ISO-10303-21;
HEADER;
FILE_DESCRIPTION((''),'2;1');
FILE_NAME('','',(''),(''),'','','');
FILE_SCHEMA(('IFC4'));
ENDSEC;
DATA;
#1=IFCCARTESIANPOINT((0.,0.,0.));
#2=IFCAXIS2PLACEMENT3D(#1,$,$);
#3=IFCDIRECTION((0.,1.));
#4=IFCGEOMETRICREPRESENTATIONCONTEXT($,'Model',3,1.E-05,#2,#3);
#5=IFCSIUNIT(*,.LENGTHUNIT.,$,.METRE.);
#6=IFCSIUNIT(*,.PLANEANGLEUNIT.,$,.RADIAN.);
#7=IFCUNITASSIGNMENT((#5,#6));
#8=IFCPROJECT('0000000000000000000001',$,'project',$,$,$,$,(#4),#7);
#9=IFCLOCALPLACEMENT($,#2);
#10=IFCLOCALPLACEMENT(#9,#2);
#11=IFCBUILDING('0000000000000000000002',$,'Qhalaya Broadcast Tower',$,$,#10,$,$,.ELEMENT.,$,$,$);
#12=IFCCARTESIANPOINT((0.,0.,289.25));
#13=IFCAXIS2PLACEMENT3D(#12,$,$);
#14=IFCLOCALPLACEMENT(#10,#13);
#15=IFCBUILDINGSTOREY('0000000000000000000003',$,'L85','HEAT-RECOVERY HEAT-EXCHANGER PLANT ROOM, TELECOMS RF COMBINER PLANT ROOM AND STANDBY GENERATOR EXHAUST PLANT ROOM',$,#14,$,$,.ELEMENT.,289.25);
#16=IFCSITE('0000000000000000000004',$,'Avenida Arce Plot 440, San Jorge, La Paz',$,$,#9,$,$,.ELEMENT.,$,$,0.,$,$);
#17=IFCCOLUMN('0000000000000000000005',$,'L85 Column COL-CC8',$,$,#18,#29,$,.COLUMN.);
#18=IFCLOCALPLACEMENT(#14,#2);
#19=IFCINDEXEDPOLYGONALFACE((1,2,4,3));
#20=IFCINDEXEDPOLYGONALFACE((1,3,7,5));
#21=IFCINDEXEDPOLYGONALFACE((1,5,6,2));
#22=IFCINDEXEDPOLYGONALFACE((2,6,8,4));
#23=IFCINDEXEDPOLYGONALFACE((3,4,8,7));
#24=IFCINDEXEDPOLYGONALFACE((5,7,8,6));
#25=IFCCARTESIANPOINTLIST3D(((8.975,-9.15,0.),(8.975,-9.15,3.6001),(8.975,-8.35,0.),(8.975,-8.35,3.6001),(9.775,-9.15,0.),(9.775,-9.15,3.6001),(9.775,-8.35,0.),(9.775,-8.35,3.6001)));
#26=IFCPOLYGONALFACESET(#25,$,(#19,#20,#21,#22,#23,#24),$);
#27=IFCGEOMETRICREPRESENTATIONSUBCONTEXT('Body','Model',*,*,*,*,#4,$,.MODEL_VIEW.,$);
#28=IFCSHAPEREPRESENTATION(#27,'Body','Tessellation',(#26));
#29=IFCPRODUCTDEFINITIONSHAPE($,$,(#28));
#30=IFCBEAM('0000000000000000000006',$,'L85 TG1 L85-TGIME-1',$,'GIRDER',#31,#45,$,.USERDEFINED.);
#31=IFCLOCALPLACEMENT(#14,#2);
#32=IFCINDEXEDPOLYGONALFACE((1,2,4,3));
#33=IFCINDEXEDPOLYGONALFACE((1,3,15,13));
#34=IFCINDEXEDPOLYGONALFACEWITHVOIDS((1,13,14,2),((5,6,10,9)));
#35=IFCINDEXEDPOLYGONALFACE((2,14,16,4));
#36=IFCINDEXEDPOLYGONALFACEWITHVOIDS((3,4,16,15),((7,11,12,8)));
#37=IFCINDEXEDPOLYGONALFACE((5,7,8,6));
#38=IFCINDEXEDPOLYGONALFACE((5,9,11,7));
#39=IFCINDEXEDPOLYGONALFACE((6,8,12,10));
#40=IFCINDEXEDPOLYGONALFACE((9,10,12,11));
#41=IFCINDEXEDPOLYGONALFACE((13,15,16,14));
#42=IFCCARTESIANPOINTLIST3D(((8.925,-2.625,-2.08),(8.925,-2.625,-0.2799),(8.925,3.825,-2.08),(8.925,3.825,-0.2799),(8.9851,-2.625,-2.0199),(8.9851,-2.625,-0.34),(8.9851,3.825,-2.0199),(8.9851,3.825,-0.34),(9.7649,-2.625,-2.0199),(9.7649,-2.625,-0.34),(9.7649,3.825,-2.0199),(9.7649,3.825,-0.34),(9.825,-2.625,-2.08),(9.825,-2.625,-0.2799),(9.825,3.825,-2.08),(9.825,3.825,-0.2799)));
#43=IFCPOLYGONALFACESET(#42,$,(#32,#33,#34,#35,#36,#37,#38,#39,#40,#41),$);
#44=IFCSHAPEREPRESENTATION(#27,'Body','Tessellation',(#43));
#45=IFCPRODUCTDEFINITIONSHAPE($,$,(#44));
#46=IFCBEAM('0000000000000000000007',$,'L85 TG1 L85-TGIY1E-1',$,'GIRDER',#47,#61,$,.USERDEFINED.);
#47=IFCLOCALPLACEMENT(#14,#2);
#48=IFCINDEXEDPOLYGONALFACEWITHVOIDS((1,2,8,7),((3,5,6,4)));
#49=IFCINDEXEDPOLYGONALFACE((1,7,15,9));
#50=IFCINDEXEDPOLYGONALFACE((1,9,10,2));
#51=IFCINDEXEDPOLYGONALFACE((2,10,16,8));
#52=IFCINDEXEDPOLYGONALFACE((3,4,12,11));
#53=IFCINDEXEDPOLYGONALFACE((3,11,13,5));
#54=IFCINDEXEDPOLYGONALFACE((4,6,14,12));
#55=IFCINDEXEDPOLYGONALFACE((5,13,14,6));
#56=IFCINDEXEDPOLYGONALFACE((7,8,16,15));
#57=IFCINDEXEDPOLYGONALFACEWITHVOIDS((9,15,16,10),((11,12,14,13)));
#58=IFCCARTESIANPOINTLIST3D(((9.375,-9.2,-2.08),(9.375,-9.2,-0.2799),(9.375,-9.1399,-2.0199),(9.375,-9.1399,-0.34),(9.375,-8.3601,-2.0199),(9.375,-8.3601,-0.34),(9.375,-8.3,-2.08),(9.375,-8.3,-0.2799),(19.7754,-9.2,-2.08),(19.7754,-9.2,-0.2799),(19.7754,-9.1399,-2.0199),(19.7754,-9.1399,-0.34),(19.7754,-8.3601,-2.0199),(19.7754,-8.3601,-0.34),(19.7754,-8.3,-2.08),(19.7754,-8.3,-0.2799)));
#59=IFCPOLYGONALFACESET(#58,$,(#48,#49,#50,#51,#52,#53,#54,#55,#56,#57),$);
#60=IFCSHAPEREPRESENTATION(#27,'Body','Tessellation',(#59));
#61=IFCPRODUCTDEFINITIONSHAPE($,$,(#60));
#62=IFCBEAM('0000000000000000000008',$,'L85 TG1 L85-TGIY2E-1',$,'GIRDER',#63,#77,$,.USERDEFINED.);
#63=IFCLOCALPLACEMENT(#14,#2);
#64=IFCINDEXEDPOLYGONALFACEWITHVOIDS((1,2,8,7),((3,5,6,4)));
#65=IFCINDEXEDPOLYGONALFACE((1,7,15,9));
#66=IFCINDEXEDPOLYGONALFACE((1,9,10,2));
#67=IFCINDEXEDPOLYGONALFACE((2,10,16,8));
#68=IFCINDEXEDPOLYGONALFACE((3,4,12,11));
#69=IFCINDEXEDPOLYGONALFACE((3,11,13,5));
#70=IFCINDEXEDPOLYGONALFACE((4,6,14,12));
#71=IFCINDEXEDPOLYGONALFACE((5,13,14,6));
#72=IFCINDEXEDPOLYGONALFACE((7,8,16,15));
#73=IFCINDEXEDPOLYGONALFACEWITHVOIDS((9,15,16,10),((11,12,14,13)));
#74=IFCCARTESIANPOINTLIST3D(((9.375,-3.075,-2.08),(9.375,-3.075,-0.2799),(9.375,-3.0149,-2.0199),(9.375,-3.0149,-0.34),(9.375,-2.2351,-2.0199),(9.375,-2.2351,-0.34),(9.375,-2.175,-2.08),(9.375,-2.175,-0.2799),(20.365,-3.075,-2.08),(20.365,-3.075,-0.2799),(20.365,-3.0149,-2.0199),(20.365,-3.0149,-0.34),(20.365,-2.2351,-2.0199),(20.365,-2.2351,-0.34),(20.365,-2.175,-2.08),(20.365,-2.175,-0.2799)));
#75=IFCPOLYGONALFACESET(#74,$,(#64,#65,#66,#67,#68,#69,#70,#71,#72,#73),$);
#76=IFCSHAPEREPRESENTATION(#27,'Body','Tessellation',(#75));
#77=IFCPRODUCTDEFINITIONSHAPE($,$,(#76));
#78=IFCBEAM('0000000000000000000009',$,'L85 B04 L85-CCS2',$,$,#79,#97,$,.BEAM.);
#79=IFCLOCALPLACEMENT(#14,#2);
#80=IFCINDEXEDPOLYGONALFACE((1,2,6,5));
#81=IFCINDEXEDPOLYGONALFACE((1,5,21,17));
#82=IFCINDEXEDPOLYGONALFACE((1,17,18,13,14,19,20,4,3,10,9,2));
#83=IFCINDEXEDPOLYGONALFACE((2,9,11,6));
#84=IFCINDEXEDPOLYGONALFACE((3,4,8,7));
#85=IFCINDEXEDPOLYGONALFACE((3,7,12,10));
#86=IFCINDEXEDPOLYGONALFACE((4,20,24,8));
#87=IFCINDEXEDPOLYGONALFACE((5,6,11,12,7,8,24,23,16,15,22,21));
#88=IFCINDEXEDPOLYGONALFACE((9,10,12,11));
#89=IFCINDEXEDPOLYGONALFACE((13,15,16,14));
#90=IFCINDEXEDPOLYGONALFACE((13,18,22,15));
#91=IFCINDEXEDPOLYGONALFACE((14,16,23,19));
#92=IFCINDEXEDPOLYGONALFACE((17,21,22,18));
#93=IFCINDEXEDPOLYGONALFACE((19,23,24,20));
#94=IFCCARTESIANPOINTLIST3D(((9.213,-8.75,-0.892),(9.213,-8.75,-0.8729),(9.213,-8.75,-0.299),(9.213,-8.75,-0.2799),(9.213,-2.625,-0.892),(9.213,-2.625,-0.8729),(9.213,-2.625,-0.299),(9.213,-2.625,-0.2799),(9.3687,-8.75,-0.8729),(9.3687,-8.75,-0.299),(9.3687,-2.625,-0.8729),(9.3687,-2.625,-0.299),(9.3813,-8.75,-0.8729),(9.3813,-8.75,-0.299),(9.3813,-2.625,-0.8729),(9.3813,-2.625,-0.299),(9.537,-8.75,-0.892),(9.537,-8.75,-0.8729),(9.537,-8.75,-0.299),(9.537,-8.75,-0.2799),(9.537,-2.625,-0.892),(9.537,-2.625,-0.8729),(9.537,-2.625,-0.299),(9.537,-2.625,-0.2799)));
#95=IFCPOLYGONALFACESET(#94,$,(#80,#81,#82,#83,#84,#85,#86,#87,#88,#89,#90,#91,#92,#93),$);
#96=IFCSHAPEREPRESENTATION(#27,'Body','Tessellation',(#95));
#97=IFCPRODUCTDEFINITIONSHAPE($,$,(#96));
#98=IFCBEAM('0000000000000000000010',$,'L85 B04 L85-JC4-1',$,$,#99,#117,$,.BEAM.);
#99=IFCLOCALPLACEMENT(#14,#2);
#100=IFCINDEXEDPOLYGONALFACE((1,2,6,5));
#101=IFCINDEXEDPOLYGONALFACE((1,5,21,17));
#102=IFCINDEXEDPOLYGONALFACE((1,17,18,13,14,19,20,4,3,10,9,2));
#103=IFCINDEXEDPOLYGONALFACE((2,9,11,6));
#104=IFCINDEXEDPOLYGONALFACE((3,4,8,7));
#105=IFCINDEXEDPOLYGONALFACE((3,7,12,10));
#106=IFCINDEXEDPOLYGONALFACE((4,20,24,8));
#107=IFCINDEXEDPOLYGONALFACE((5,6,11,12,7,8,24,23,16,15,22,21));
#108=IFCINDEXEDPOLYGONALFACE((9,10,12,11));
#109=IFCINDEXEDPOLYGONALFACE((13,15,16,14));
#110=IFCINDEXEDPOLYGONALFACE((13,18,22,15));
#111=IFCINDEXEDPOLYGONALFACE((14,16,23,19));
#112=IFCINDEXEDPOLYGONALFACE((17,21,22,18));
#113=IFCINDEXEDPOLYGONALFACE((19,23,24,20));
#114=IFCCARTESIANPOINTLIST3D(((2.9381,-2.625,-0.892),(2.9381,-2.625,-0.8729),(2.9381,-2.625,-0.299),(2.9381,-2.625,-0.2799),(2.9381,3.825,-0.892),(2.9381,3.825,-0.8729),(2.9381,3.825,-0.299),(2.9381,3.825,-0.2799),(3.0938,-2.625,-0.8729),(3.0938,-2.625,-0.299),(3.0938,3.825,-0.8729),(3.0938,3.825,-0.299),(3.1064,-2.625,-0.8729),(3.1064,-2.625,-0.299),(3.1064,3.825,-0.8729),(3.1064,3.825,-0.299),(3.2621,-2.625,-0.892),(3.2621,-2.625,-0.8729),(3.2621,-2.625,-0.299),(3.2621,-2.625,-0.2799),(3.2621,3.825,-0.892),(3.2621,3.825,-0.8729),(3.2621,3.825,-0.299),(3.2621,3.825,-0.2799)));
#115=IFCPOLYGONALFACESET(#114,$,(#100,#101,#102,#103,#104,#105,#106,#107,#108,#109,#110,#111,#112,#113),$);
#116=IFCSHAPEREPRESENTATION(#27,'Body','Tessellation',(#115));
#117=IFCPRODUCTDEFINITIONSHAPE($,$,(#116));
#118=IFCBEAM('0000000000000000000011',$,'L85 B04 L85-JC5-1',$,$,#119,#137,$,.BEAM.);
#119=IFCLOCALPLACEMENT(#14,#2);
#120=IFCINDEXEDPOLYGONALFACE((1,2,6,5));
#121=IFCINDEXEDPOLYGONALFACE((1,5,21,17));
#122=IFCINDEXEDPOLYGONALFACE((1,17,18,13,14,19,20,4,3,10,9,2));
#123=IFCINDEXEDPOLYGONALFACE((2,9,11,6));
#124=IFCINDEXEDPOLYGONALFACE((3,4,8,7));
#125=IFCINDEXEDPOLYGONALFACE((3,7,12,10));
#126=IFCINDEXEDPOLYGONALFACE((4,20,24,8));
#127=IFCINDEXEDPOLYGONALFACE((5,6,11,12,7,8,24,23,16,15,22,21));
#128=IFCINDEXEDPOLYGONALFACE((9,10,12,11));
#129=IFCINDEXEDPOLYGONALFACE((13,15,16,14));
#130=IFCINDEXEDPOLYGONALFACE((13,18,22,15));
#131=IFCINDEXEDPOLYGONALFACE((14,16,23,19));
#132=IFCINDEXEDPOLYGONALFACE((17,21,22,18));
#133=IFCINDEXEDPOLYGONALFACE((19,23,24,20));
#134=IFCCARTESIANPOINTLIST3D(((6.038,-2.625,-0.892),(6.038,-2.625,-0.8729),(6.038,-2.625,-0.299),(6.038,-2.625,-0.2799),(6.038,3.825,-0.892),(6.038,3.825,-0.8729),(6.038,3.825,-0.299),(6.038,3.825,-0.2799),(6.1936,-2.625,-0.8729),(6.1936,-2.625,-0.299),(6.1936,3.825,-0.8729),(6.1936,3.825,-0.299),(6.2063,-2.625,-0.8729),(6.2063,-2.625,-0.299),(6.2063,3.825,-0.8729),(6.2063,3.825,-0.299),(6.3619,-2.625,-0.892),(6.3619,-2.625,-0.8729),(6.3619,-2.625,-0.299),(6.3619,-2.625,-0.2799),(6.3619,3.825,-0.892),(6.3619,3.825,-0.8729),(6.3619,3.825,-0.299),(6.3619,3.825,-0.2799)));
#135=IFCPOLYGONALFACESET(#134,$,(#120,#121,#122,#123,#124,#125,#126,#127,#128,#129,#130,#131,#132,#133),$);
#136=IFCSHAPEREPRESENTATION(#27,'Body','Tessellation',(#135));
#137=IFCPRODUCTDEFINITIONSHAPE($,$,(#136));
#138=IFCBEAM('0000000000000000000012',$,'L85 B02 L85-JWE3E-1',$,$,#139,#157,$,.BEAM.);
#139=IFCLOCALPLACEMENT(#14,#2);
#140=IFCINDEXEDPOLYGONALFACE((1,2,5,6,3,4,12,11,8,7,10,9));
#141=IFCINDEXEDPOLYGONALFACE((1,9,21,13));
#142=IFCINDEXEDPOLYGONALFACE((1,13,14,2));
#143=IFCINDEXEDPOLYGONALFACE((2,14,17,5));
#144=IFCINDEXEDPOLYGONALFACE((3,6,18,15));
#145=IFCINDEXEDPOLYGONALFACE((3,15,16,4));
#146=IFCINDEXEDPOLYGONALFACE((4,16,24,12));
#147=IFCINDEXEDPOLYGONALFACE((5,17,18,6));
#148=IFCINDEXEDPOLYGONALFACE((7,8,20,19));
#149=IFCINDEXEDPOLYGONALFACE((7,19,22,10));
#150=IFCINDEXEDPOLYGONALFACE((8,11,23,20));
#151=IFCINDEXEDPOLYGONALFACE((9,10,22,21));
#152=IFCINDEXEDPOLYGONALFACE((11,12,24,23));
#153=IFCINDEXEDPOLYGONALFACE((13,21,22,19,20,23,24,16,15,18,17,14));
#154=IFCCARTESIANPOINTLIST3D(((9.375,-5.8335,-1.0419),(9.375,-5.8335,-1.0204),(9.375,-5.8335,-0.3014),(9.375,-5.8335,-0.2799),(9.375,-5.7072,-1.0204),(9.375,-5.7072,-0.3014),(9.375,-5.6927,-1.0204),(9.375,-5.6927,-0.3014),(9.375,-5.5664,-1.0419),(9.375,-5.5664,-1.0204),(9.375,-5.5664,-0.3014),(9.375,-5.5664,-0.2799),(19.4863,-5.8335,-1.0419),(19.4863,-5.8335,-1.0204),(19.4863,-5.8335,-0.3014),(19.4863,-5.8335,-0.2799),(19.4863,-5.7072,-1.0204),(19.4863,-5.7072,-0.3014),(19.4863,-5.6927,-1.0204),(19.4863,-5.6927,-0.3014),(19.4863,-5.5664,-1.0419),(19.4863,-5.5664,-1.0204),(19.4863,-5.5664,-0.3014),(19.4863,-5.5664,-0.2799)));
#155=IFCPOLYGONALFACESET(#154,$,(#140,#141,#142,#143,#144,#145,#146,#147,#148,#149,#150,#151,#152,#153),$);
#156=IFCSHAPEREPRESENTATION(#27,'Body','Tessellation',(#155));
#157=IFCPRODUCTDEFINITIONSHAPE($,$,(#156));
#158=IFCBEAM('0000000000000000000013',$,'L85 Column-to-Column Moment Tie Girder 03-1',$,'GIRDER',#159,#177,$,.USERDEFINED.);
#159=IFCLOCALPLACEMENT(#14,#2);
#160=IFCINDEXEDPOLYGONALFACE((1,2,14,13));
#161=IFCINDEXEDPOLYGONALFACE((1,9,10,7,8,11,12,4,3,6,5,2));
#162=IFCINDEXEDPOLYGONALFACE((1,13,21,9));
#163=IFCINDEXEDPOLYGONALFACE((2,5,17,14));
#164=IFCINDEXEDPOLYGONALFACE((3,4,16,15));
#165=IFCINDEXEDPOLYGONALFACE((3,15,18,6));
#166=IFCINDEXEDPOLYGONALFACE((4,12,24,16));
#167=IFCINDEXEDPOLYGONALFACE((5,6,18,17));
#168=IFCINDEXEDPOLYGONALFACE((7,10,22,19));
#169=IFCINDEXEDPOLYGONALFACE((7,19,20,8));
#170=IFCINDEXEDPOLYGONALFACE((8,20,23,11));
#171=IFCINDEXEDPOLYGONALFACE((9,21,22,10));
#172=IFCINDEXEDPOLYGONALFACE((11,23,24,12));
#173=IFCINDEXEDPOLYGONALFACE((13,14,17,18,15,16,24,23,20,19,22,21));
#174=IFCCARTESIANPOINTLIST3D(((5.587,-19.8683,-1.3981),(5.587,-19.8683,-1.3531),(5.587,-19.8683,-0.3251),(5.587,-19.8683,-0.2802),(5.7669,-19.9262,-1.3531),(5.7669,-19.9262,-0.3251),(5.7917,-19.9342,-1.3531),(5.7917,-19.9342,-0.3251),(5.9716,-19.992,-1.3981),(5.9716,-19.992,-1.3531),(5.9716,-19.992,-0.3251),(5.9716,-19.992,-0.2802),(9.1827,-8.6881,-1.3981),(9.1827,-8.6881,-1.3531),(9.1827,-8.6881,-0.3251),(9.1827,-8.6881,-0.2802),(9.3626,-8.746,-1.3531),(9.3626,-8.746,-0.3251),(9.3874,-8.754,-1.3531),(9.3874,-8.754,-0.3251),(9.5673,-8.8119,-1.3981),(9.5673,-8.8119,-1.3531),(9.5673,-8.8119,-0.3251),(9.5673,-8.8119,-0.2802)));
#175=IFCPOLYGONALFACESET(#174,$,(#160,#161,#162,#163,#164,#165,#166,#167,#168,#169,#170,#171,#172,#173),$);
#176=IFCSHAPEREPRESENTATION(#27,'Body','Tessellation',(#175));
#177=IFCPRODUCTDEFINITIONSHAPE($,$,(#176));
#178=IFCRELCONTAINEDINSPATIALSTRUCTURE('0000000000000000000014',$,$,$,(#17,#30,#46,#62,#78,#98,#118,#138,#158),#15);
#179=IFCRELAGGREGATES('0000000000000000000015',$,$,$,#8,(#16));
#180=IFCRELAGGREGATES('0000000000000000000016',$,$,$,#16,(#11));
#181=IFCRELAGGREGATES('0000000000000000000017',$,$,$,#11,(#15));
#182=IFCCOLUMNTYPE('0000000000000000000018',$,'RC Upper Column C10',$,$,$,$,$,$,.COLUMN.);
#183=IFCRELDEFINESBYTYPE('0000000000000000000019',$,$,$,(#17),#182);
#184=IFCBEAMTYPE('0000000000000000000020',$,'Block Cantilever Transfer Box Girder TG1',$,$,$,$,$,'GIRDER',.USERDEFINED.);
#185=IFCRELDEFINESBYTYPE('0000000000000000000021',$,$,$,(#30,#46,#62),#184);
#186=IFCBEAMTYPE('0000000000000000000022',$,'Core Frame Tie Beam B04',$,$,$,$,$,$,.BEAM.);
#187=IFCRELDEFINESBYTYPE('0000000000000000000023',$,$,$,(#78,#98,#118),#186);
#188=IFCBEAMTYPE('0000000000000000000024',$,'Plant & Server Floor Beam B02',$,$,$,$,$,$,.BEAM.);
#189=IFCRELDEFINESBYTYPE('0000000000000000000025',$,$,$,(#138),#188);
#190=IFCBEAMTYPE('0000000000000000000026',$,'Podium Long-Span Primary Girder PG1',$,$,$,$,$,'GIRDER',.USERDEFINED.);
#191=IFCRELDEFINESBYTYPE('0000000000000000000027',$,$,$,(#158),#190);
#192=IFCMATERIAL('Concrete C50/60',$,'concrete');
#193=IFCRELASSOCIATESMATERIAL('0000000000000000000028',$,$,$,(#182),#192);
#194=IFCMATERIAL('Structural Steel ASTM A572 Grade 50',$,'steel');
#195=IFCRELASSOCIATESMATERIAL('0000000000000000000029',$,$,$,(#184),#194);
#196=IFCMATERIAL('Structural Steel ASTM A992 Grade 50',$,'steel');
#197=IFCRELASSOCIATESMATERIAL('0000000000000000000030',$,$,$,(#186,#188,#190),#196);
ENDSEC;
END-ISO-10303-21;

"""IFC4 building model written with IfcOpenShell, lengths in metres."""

from ifc_helpers import new_model, si_unit, direction, frame, origin, origin_2d, place, context, subcontext, project, spatial, rectangle, hollow_rectangle, i_section, extrude, material, material_profile, profile_set, type_object, element, save


model = new_model("IFC4")

# Units and contexts
model_context = context("Model", 3, precision=1e-05, world=origin(), true_north=direction((0.0, 1.0)))
body_context = subcontext(model_context, "Body", "Model", "MODEL_VIEW")
ifc_project = project(units=[si_unit("LENGTHUNIT", "METRE"), si_unit("PLANEANGLEUNIT", "RADIAN")], contexts=[model_context])

# Site, building, storey
site_placement = place(None, origin())
site = spatial("IfcSite", under=ifc_project, at=site_placement, Name="Avenida Arce Plot 440, San Jorge, La Paz", CompositionType="ELEMENT", RefElevation=0.0)
building_placement = place(site_placement, origin())
building = spatial("IfcBuilding", under=site, at=building_placement, Name="Qhalaya Broadcast Tower", CompositionType="ELEMENT")
storey_placement = place(building_placement, frame((0.0, 0.0, 289.25)))
storey = spatial("IfcBuildingStorey", under=building, at=storey_placement, Name="L85", Description="HEAT-RECOVERY HEAT-EXCHANGER PLANT ROOM, TELECOMS RF COMBINER PLANT ROOM AND STANDBY GENERATOR EXHAUST PLANT ROOM", CompositionType="ELEMENT", Elevation=289.25)

# Column
ifc_material_1 = material(Name="Concrete C50/60", Category="concrete")
ifc_material_profile_1 = material_profile(ifc_material_1, rectangle(XDim=0.8, YDim=0.8, at=origin_2d()), Name="RC-COL 800x800")
ifc_profile_set_1 = profile_set([ifc_material_profile_1], Name="Concrete C50/60")
column_type = type_object("IfcColumnType", Name="RC Upper Column C10", PredefinedType="COLUMN", material=ifc_profile_set_1)
column_placement = place(storey_placement, frame((9.375, -8.75, 0.0), z_axis=(0.0, 0.0, 1.0), x_axis=(1.0, 0.0, 0.0)))
element("IfcColumn", 1, at=column_placement, inside=storey, type_object=column_type, Name="L85 Column COL-CC8", PredefinedType="COLUMN", context=body_context, shape_type="SweptSolid", body=[
    extrude(rectangle(XDim=0.8, YDim=0.8, at=origin_2d()), origin(), (0.0, 0.0, 1.0), 3.6001),
])

# Beams
ifc_material_2 = material(Name="Structural Steel ASTM A572 Grade 50", Category="steel")
ifc_material_profile_2 = material_profile(ifc_material_2, hollow_rectangle(XDim=0.8999, YDim=1.8, WallThickness=0.0601, at=origin_2d()), Name="BOX 900x1800x60")
ifc_profile_set_2 = profile_set([ifc_material_profile_2], Name="Structural Steel ASTM A572 Grade 50")
beam_type_1 = type_object("IfcBeamType", Name="Block Cantilever Transfer Box Girder TG1", ElementType="GIRDER", PredefinedType="USERDEFINED", material=ifc_profile_set_2)
beam_1_placement = place(storey_placement, frame((9.375, -2.625, -1.1799), z_axis=(0.0, 1.0, 0.0), x_axis=(-1.0, 0.0, 0.0)))
element("IfcBeam", 2, at=beam_1_placement, inside=storey, type_object=beam_type_1, Name="L85 TG1 L85-TGIME-1", ObjectType="GIRDER", PredefinedType="USERDEFINED", context=body_context, shape_type="SweptSolid", body=[
    extrude(hollow_rectangle(XDim=0.8999, YDim=1.8, WallThickness=0.0601, at=origin_2d()), origin(), (0.0, 0.0, 1.0), 6.45),
])
beam_2_placement = place(storey_placement, frame((9.375, -8.75, -1.1799), z_axis=(1.0, 0.0, 0.0), x_axis=(0.0, 1.0, 0.0)))
element("IfcBeam", 3, at=beam_2_placement, inside=storey, type_object=beam_type_1, Name="L85 TG1 L85-TGIY1E-1", ObjectType="GIRDER", PredefinedType="USERDEFINED", context=body_context, shape_type="SweptSolid", body=[
    extrude(hollow_rectangle(XDim=0.8999, YDim=1.8, WallThickness=0.0601, at=origin_2d()), origin(), (0.0, 0.0, 1.0), 10.4004),
])
beam_3_placement = place(storey_placement, frame((9.375, -2.625, -1.1799), z_axis=(1.0, 0.0, 0.0), x_axis=(0.0, 1.0, 0.0)))
element("IfcBeam", 4, at=beam_3_placement, inside=storey, type_object=beam_type_1, Name="L85 TG1 L85-TGIY2E-1", ObjectType="GIRDER", PredefinedType="USERDEFINED", context=body_context, shape_type="SweptSolid", body=[
    extrude(hollow_rectangle(XDim=0.8999, YDim=1.8, WallThickness=0.0601, at=origin_2d()), origin(), (0.0, 0.0, 1.0), 10.99),
])
ifc_material_3 = material(Name="Structural Steel ASTM A992 Grade 50", Category="steel")
ifc_material_profile_3 = material_profile(ifc_material_3, i_section(OverallWidth=0.324, OverallDepth=0.6121, WebThickness=0.0127, FlangeThickness=0.019, at=origin_2d()), Name="W24X104")
ifc_profile_set_3 = profile_set([ifc_material_profile_3], Name="Structural Steel ASTM A992 Grade 50")
beam_type_2 = type_object("IfcBeamType", Name="Core Frame Tie Beam B04", PredefinedType="BEAM", material=ifc_profile_set_3)
beam_4_placement = place(storey_placement, frame((9.375, -8.75, -0.5859), z_axis=(0.0, 1.0, 0.0), x_axis=(-1.0, 0.0, 0.0)))
element("IfcBeam", 5, at=beam_4_placement, inside=storey, type_object=beam_type_2, Name="L85 B04 L85-CCS2", PredefinedType="BEAM", context=body_context, shape_type="SweptSolid", body=[
    extrude(i_section(OverallWidth=0.324, OverallDepth=0.6121, WebThickness=0.0127, FlangeThickness=0.019, at=origin_2d()), origin(), (0.0, 0.0, 1.0), 6.125),
])
for number, where, z_axis, x_axis, name in (
    (6, (3.1001, -2.625, -0.5859), (0.0, 1.0, 0.0), (-1.0, 0.0, 0.0), "L85 B04 L85-JC4-1"),
    (7, (6.2, -2.625, -0.5859), (0.0, 1.0, 0.0), (-1.0, 0.0, 0.0), "L85 B04 L85-JC5-1"),
):
    element("IfcBeam", number, at=place(storey_placement, frame(where, z_axis=z_axis, x_axis=x_axis)), inside=storey, type_object=beam_type_2, Name=name, PredefinedType="BEAM", context=body_context, shape_type="SweptSolid", body=[
        extrude(i_section(OverallWidth=0.324, OverallDepth=0.6121, WebThickness=0.0127, FlangeThickness=0.019, at=origin_2d()), origin(), (0.0, 0.0, 1.0), 6.45),
    ])
ifc_material_profile_4 = material_profile(ifc_material_3, i_section(OverallWidth=0.2671, OverallDepth=0.762, WebThickness=0.0144, FlangeThickness=0.0215, at=origin_2d()), Name="W30X116")
ifc_profile_set_4 = profile_set([ifc_material_profile_4], Name="Structural Steel ASTM A992 Grade 50")
beam_type_3 = type_object("IfcBeamType", Name="Plant & Server Floor Beam B02", PredefinedType="BEAM", material=ifc_profile_set_4)
beam_5_placement = place(storey_placement, frame((9.375, -5.7, -0.6609), z_axis=(1.0, 0.0, 0.0), x_axis=(0.0, 1.0, 0.0)))
element("IfcBeam", 8, at=beam_5_placement, inside=storey, type_object=beam_type_3, Name="L85 B02 L85-JWE3E-1", PredefinedType="BEAM", context=body_context, shape_type="SweptSolid", body=[
    extrude(i_section(OverallWidth=0.2671, OverallDepth=0.762, WebThickness=0.0144, FlangeThickness=0.0215, at=origin_2d()), origin(), (0.0, 0.0, 1.0), 10.1113),
])
ifc_material_profile_5 = material_profile(ifc_material_3, i_section(OverallWidth=0.4041, OverallDepth=1.1179, WebThickness=0.0261, FlangeThickness=0.0449, at=origin_2d()), Name="W44X335")
ifc_profile_set_5 = profile_set([ifc_material_profile_5], Name="Structural Steel ASTM A992 Grade 50")
beam_type_4 = type_object("IfcBeamType", Name="Podium Long-Span Primary Girder PG1", ElementType="GIRDER", PredefinedType="USERDEFINED", material=ifc_profile_set_5)
beam_6_placement = place(storey_placement, frame((9.375, -8.75, -0.8391), z_axis=(-0.306169, -0.951977, 0.0), x_axis=(0.951977, -0.306169, 0.0)))
element("IfcBeam", 9, at=beam_6_placement, inside=storey, type_object=beam_type_4, Name="L85 Column-to-Column Moment Tie Girder 03-1", ObjectType="GIRDER", PredefinedType="USERDEFINED", context=body_context, shape_type="SweptSolid", body=[
    extrude(i_section(OverallWidth=0.4041, OverallDepth=1.1179, WebThickness=0.0261, FlangeThickness=0.0449, at=origin_2d()), origin(), (0.0, 0.0, 1.0), 11.7441),
])

save(model, "model.ifc")
